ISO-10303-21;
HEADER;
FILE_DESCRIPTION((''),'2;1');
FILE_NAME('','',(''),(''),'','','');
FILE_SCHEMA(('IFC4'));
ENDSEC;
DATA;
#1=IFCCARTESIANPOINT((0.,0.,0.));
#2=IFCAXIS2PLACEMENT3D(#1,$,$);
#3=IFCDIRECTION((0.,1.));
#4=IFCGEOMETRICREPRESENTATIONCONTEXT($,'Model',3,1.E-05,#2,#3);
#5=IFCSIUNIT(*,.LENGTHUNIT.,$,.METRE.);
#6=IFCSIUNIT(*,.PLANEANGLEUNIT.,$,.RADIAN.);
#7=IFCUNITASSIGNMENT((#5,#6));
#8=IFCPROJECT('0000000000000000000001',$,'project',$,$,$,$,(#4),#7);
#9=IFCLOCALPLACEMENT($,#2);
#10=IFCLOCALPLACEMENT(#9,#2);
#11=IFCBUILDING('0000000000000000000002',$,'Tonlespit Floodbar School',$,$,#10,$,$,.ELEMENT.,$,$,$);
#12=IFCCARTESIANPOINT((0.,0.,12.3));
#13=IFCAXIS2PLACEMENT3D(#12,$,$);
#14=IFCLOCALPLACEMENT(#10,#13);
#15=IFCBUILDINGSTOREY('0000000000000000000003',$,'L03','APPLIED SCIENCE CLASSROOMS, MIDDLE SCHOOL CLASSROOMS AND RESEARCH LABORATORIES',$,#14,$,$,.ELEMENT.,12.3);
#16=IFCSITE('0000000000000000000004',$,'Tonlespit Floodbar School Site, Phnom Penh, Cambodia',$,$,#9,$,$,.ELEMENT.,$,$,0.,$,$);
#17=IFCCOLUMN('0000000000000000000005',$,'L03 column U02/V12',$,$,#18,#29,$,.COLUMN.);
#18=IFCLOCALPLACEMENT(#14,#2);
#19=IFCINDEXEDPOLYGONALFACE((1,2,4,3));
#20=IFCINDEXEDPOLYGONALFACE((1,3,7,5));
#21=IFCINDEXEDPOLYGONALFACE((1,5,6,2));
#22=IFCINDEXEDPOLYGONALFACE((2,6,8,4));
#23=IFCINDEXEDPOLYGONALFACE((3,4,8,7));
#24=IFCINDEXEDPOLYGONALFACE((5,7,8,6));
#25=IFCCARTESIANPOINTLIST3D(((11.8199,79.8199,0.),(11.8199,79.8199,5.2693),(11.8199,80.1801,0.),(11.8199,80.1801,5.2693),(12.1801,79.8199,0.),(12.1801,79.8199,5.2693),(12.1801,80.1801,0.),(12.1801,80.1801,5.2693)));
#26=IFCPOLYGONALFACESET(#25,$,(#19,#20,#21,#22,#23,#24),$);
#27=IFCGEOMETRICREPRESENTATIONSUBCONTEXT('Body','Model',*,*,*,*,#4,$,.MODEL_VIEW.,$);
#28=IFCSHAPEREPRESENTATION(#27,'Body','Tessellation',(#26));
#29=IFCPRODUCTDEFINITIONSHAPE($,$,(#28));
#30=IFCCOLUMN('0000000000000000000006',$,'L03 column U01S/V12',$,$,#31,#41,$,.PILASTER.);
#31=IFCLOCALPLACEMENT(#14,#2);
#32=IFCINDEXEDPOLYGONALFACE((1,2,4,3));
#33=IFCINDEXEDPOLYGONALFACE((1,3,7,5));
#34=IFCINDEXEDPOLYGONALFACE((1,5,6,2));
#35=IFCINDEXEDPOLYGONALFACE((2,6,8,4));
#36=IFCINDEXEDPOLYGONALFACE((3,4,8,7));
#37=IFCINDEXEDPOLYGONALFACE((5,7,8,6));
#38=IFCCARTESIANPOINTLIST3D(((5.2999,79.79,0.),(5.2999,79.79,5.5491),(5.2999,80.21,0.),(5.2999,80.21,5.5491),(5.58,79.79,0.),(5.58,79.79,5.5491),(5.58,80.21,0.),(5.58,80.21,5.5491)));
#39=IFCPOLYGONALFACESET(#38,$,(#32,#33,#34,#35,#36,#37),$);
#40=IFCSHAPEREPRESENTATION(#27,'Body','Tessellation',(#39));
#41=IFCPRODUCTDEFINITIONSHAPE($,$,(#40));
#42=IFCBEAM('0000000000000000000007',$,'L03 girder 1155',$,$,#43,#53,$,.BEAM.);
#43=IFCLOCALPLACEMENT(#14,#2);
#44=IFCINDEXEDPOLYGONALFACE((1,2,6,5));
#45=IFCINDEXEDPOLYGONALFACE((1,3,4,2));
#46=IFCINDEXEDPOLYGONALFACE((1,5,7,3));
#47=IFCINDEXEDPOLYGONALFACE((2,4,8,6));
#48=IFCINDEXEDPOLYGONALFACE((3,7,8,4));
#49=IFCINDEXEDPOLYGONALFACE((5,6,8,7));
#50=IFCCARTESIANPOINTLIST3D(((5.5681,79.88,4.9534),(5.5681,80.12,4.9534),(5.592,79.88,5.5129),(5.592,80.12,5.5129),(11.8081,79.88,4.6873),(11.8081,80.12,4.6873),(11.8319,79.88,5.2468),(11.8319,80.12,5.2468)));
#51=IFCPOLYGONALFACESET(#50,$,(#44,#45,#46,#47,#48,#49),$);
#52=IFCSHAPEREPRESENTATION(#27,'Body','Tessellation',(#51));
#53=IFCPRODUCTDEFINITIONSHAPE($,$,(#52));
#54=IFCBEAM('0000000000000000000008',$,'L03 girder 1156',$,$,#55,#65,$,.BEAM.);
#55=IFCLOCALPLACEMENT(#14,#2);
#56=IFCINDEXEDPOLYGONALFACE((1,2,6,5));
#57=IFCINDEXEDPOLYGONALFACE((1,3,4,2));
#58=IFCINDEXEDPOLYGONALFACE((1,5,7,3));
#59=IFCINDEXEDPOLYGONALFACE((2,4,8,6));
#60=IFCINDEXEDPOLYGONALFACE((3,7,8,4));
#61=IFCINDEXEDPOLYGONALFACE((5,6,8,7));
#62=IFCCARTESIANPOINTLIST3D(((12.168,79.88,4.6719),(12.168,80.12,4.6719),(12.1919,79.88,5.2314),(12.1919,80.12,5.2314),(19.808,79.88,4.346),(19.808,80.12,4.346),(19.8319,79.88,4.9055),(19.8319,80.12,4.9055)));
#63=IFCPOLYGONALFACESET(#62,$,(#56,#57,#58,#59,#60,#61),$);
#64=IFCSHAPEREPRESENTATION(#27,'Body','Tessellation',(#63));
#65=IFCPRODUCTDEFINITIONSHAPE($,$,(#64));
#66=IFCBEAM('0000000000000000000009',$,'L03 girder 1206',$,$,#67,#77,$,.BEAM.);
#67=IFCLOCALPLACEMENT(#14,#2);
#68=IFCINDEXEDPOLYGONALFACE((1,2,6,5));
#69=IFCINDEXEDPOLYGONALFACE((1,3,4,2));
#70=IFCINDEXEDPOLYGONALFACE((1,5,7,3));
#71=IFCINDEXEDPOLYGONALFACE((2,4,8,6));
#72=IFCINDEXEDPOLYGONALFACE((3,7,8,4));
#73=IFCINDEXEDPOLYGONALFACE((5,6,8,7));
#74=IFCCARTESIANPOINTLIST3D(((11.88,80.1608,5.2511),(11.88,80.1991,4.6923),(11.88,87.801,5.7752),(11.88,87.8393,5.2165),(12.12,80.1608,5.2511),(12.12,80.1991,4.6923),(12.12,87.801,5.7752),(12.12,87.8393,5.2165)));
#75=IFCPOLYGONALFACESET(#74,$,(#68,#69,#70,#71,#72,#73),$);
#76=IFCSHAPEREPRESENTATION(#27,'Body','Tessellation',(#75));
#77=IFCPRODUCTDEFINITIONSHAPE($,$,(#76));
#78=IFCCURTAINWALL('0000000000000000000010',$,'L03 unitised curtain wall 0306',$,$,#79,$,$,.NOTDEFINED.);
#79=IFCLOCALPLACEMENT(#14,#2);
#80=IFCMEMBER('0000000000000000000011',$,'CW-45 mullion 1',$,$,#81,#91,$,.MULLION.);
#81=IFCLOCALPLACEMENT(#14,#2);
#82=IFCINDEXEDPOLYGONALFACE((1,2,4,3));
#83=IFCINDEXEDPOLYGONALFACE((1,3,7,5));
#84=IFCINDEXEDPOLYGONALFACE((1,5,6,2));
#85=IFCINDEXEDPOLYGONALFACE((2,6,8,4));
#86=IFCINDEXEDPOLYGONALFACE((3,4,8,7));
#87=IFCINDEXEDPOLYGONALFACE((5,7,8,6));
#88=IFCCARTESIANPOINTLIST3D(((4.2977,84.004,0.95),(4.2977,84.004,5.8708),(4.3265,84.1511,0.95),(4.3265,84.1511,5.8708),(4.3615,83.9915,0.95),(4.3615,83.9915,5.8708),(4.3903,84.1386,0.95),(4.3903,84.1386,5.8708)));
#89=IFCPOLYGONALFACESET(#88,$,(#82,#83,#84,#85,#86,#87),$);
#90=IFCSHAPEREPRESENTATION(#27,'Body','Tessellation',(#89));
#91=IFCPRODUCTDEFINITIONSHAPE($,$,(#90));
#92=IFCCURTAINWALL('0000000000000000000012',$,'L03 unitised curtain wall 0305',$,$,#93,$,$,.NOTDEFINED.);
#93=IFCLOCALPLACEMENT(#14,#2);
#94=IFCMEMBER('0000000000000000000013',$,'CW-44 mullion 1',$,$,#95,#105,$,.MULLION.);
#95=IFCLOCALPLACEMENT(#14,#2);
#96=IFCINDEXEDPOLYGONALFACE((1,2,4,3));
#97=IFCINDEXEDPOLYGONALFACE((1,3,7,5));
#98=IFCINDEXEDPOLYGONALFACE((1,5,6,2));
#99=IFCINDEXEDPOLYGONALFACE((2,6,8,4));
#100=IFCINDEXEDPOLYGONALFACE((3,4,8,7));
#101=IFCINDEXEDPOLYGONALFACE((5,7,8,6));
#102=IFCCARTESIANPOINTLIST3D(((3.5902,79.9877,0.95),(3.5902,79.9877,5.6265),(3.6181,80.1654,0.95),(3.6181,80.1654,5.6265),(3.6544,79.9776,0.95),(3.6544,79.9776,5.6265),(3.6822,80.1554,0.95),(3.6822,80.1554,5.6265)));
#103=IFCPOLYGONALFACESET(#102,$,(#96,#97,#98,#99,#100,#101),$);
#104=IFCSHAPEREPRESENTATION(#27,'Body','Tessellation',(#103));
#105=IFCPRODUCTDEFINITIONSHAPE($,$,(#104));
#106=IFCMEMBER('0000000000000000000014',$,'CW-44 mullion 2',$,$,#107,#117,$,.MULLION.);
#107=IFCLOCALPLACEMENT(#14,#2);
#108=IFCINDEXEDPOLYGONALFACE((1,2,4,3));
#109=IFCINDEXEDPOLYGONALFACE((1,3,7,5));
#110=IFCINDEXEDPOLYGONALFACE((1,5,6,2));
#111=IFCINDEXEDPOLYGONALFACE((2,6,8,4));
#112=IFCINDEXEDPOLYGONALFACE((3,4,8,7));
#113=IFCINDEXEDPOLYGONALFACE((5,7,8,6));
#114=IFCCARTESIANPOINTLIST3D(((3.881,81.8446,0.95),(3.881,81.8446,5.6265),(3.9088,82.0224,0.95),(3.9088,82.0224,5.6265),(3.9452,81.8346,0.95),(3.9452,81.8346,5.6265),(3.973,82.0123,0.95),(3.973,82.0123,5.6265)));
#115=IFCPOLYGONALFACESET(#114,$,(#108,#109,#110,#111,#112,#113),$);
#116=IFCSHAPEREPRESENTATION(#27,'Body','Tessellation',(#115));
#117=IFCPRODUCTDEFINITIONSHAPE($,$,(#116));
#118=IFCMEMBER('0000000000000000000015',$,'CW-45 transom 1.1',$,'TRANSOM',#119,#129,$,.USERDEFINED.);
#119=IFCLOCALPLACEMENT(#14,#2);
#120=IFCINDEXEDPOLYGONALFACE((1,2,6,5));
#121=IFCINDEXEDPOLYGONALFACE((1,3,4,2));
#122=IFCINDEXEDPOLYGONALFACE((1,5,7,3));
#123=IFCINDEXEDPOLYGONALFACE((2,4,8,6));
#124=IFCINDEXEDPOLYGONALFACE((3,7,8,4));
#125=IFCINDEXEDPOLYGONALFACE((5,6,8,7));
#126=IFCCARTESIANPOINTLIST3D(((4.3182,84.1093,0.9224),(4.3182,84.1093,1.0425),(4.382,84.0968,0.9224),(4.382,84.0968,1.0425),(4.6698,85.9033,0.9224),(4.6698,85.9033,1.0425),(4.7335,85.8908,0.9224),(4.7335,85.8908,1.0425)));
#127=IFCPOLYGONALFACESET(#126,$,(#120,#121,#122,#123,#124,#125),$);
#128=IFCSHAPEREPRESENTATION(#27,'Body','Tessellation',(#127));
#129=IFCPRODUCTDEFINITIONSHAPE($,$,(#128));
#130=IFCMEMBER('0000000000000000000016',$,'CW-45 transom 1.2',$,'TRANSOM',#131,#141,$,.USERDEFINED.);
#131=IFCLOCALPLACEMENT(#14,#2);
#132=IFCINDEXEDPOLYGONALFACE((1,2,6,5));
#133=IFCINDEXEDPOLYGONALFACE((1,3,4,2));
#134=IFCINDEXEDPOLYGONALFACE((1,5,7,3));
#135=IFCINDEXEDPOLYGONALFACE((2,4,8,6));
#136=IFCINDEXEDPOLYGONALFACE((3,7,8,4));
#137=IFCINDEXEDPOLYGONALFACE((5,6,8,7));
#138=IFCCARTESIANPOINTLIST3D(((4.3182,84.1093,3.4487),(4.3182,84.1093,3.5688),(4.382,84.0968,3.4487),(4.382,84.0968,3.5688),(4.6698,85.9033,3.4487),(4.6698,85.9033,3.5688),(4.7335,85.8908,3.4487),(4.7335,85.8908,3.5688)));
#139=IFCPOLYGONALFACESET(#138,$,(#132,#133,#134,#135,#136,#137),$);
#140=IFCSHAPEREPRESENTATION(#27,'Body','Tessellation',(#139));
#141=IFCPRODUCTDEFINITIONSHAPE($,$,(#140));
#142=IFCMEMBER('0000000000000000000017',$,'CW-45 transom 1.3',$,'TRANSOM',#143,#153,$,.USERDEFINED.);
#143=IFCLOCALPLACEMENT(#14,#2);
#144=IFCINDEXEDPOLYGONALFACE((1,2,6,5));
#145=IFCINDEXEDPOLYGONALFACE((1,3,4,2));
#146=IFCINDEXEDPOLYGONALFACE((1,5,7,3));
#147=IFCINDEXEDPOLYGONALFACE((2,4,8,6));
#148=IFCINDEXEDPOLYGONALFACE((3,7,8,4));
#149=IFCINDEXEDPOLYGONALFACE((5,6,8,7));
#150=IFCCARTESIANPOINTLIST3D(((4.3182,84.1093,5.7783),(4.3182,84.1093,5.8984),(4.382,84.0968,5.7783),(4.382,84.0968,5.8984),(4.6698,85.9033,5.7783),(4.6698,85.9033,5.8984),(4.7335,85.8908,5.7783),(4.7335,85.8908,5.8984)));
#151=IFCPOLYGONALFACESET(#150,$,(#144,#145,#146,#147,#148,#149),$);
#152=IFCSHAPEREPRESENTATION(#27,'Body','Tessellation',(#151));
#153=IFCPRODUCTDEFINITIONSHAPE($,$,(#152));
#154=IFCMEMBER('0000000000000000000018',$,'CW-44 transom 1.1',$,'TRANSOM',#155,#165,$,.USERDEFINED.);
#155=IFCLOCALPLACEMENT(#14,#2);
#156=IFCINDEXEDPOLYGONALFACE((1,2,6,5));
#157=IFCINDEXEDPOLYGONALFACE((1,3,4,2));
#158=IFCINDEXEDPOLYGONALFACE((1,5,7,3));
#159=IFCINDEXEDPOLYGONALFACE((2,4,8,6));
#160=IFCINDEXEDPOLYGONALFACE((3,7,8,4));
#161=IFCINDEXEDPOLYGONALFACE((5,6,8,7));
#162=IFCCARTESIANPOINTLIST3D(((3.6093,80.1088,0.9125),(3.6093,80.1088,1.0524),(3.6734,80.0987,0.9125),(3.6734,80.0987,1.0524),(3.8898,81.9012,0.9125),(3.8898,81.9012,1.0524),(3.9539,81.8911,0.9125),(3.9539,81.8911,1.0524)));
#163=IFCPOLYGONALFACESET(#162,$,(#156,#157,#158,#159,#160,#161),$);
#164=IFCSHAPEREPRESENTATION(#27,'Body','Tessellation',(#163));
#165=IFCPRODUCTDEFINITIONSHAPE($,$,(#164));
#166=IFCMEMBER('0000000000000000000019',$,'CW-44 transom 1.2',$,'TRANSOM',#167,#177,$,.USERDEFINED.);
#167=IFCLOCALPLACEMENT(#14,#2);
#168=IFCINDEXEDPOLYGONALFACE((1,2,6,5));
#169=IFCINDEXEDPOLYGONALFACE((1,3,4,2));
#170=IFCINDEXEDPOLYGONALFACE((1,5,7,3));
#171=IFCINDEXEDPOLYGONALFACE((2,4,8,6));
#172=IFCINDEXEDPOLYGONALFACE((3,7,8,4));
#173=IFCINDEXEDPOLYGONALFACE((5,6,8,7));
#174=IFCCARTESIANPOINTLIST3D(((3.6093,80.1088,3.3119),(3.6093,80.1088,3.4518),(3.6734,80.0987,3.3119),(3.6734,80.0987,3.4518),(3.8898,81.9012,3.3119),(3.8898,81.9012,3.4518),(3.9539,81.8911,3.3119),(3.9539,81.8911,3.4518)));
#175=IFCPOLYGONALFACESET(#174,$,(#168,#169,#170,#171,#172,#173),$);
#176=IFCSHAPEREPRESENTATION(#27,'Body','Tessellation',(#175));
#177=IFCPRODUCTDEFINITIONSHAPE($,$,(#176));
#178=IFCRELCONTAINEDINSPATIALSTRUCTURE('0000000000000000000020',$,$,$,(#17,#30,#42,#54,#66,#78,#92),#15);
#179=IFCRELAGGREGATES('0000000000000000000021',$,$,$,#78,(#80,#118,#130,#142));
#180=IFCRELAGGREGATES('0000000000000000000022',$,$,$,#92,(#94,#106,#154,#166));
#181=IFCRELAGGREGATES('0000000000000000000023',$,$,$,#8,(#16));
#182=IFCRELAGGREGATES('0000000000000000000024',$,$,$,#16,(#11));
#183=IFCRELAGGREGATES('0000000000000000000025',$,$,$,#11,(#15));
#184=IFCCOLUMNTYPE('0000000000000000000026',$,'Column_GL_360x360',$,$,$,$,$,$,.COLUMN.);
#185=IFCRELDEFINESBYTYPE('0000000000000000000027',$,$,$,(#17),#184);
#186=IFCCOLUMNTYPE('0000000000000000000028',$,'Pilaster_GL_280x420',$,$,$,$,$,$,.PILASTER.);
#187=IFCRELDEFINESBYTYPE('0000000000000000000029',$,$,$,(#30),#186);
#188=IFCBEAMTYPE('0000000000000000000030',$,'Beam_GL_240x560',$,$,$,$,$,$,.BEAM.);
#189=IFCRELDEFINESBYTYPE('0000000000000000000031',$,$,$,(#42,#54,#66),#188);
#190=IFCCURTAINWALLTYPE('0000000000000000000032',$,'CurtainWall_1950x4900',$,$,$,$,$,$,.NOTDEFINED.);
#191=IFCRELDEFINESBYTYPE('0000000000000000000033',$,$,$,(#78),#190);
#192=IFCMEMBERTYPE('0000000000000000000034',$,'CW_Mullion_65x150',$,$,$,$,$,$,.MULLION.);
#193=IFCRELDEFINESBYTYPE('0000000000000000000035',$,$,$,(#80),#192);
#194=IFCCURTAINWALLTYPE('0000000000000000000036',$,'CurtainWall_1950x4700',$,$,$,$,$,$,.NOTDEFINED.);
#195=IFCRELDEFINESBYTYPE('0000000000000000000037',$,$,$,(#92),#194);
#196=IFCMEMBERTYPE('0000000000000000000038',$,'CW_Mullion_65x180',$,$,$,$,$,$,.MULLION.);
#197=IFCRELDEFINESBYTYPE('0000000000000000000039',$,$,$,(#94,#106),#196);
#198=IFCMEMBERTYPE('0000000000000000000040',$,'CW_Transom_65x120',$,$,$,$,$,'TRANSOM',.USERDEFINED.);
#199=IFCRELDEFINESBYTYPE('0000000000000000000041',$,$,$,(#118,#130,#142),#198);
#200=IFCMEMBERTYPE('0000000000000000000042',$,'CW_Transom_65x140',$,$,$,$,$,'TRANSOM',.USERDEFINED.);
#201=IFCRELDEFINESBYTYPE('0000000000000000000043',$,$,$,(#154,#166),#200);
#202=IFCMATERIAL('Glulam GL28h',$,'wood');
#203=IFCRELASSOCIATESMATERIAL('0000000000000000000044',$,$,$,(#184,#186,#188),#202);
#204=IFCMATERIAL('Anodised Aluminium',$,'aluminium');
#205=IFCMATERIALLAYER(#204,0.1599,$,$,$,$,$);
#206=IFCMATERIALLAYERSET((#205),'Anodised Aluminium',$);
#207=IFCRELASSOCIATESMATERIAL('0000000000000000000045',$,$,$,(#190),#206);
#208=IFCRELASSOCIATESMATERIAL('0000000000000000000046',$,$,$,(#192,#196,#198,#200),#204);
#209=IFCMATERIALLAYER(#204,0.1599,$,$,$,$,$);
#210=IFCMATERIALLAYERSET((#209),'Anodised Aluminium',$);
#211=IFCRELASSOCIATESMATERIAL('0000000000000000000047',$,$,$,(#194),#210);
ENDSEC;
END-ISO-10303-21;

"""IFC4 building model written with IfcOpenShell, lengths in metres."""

from ifc_helpers import new_model, si_unit, direction, frame, origin, origin_2d, place, context, subcontext, project, spatial, rectangle, extrude, material, layer, layer_set, material_profile, profile_set, type_object, element, aggregate, save


model = new_model("IFC4")

# Units and contexts
model_context = context("Model", 3, precision=1e-05, world=origin(), true_north=direction((0.0, 1.0)))
body_context = subcontext(model_context, "Body", "Model", "MODEL_VIEW")
ifc_project = project(units=[si_unit("LENGTHUNIT", "METRE"), si_unit("PLANEANGLEUNIT", "RADIAN")], contexts=[model_context])

# Site, building, storey
site_placement = place(None, origin())
site = spatial("IfcSite", under=ifc_project, at=site_placement, Name="Tonlespit Floodbar School Site, Phnom Penh, Cambodia", CompositionType="ELEMENT", RefElevation=0.0)
building_placement = place(site_placement, origin())
building = spatial("IfcBuilding", under=site, at=building_placement, Name="Tonlespit Floodbar School", CompositionType="ELEMENT")
storey_placement = place(building_placement, frame((0.0, 0.0, 12.3)))
storey = spatial("IfcBuildingStorey", under=building, at=storey_placement, Name="L03", Description="APPLIED SCIENCE CLASSROOMS, MIDDLE SCHOOL CLASSROOMS AND RESEARCH LABORATORIES", CompositionType="ELEMENT", Elevation=12.3)

# Columns
ifc_material_1 = material(Name="Glulam GL28h", Category="wood")
ifc_material_profile_1 = material_profile(ifc_material_1, rectangle(XDim=0.3601, YDim=0.3601, at=origin_2d()), Name="GL 360x360")
ifc_profile_set_1 = profile_set([ifc_material_profile_1], Name="Glulam GL28h")
column_type_1 = type_object("IfcColumnType", Name="Column_GL_360x360", PredefinedType="COLUMN", material=ifc_profile_set_1)
column_1_placement = place(storey_placement, frame((12.0, 80.0, 0.0), z_axis=(0.0, 0.0, 1.0), x_axis=(1.0, 0.0, 0.0)))
element("IfcColumn", 1, at=column_1_placement, inside=storey, type_object=column_type_1, Name="L03 column U02/V12", PredefinedType="COLUMN", context=body_context, shape_type="SweptSolid", body=[
    extrude(rectangle(XDim=0.3601, YDim=0.3601, at=origin_2d()), origin(), (0.0, 0.0, 1.0), 5.2693),
])
ifc_material_profile_2 = material_profile(ifc_material_1, rectangle(XDim=0.28, YDim=0.4199, at=origin_2d()), Name="GL 280x420")
ifc_profile_set_2 = profile_set([ifc_material_profile_2], Name="Glulam GL28h")
column_type_2 = type_object("IfcColumnType", Name="Pilaster_GL_280x420", PredefinedType="PILASTER", material=ifc_profile_set_2)
column_2_placement = place(storey_placement, frame((5.4399, 80.0, 0.0), z_axis=(0.0, 0.0, 1.0), x_axis=(1.0, 0.0, 0.0)))
element("IfcColumn", 2, at=column_2_placement, inside=storey, type_object=column_type_2, Name="L03 column U01S/V12", PredefinedType="PILASTER", context=body_context, shape_type="SweptSolid", body=[
    extrude(rectangle(XDim=0.28, YDim=0.4199, at=origin_2d()), origin(), (0.0, 0.0, 1.0), 5.5491),
])

# Beams
ifc_material_profile_3 = material_profile(ifc_material_1, rectangle(XDim=0.24, YDim=0.5601, at=origin_2d()), Name="GL 240x560")
ifc_profile_set_3 = profile_set([ifc_material_profile_3], Name="Glulam GL28h")
beam_type_1 = type_object("IfcBeamType", Name="Beam_GL_240x560", PredefinedType="BEAM", material=ifc_profile_set_3)
beam_1_placement = place(storey_placement, frame((5.5801, 80.0, 5.2332), z_axis=(0.999092, 0.0, -0.042608), x_axis=(0.0, 1.0, 0.0)))
element("IfcBeam", 3, at=beam_1_placement, inside=storey, type_object=beam_type_1, Name="L03 girder 1155", PredefinedType="BEAM", context=body_context, shape_type="SweptSolid", body=[
    extrude(rectangle(XDim=0.24, YDim=0.5601, at=origin_2d()), origin(), (0.0, 0.0, 1.0), 6.2456),
])
beam_2_placement = place(storey_placement, frame((12.1799, 80.0, 4.9517), z_axis=(0.999091, 0.0, -0.042621), x_axis=(0.0, 1.0, 0.0)))
element("IfcBeam", 4, at=beam_2_placement, inside=storey, type_object=beam_type_1, Name="L03 girder 1156", PredefinedType="BEAM", context=body_context, shape_type="SweptSolid", body=[
    extrude(rectangle(XDim=0.24, YDim=0.5601, at=origin_2d()), origin(), (0.0, 0.0, 1.0), 7.647),
])
beam_3_placement = place(storey_placement, frame((12.0, 80.1799, 4.9717), z_axis=(0.0, 0.997655, 0.068447), x_axis=(-1.0, 0.0, 0.0)))
element("IfcBeam", 5, at=beam_3_placement, inside=storey, type_object=beam_type_1, Name="L03 girder 1206", PredefinedType="BEAM", context=body_context, shape_type="SweptSolid", body=[
    extrude(rectangle(XDim=0.24, YDim=0.5601, at=origin_2d()), origin(), (0.0, 0.0, 1.0), 7.6582),
])

# Curtain wall, member
ifc_material_2 = material(Name="Anodised Aluminium", Category="aluminium")
ifc_layer_1 = layer(ifc_material_2, 0.1599)
ifc_layer_set_1 = layer_set([ifc_layer_1], Name="Anodised Aluminium")
curtain_wall_type_1 = type_object("IfcCurtainWallType", Name="CurtainWall_1950x4900", PredefinedType="NOTDEFINED", material=ifc_layer_set_1)
curtain_wall_1_placement = place(storey_placement, origin())
curtain_wall_1 = element("IfcCurtainWall", 6, at=curtain_wall_1_placement, inside=storey, type_object=curtain_wall_type_1, Name="L03 unitised curtain wall 0306", PredefinedType="NOTDEFINED")
ifc_material_profile_4 = material_profile(ifc_material_2, rectangle(XDim=0.0649, YDim=0.1499, at=origin_2d()), Name="ALU M65x150")
ifc_profile_set_4 = profile_set([ifc_material_profile_4], Name="Anodised Aluminium")
member_type_1 = type_object("IfcMemberType", Name="CW_Mullion_65x150", PredefinedType="MULLION", material=ifc_profile_set_4)
member_1_placement = place(storey_placement, frame((4.344, 84.0713, 0.95), z_axis=(0.0, 0.0, 1.0), x_axis=(-0.981347, 0.192245, 0.0)))
member_1 = element("IfcMember", 7, at=member_1_placement, type_object=member_type_1, Name="CW-45 mullion 1", PredefinedType="MULLION", context=body_context, shape_type="SweptSolid", body=[
    extrude(rectangle(XDim=0.0649, YDim=0.1499, at=origin_2d()), origin(), (0.0, 0.0, 1.0), 4.9209),
])

# Curtain wall, members
ifc_layer_2 = layer(ifc_material_2, 0.1599)
ifc_layer_set_2 = layer_set([ifc_layer_2], Name="Anodised Aluminium")
curtain_wall_type_2 = type_object("IfcCurtainWallType", Name="CurtainWall_1950x4700", PredefinedType="NOTDEFINED", material=ifc_layer_set_2)
curtain_wall_2_placement = place(storey_placement, origin())
curtain_wall_2 = element("IfcCurtainWall", 8, at=curtain_wall_2_placement, inside=storey, type_object=curtain_wall_type_2, Name="L03 unitised curtain wall 0305", PredefinedType="NOTDEFINED")
ifc_material_profile_5 = material_profile(ifc_material_2, rectangle(XDim=0.0649, YDim=0.1799, at=origin_2d()), Name="ALU M65x180")
ifc_profile_set_5 = profile_set([ifc_material_profile_5], Name="Anodised Aluminium")
member_type_2 = type_object("IfcMemberType", Name="CW_Mullion_65x180", PredefinedType="MULLION", material=ifc_profile_set_5)
member_2_placement = place(storey_placement, frame((3.6362, 80.0715, 0.95), z_axis=(0.0, 0.0, 1.0), x_axis=(-0.987961, 0.1547, 0.0)))
member_2 = element("IfcMember", 9, at=member_2_placement, type_object=member_type_2, Name="CW-44 mullion 1", PredefinedType="MULLION", context=body_context, shape_type="SweptSolid", body=[
    extrude(rectangle(XDim=0.0649, YDim=0.1799, at=origin_2d()), origin(), (0.0, 0.0, 1.0), 4.6765),
])
member_3_placement = place(storey_placement, frame((3.927, 81.9285, 0.95), z_axis=(0.0, 0.0, 1.0), x_axis=(-0.987961, 0.1547, 0.0)))
member_3 = element("IfcMember", 10, at=member_3_placement, type_object=member_type_2, Name="CW-44 mullion 2", PredefinedType="MULLION", context=body_context, shape_type="SweptSolid", body=[
    extrude(rectangle(XDim=0.0649, YDim=0.1799, at=origin_2d()), origin(), (0.0, 0.0, 1.0), 4.6765),
])

# Members
ifc_material_profile_6 = material_profile(ifc_material_2, rectangle(XDim=0.0649, YDim=0.1201, at=origin_2d()), Name="ALU T65x120")
ifc_profile_set_6 = profile_set([ifc_material_profile_6], Name="Anodised Aluminium")
member_type_3 = type_object("IfcMemberType", Name="CW_Transom_65x120", ElementType="TRANSOM", PredefinedType="USERDEFINED", material=ifc_profile_set_6)
member_4_placement = place(storey_placement, frame((4.3501, 84.103, 0.9824), z_axis=(0.192314, 0.981334, 0.0), x_axis=(-0.981334, 0.192314, 0.0)))
member_4 = element("IfcMember", 11, at=member_4_placement, type_object=member_type_3, Name="CW-45 transom 1.1", ObjectType="TRANSOM", PredefinedType="USERDEFINED", context=body_context, shape_type="SweptSolid", body=[
    extrude(rectangle(XDim=0.0649, YDim=0.1201, at=origin_2d()), origin(), (0.0, 0.0, 1.0), 1.8281),
])
member_5_placement = place(storey_placement, frame((4.3501, 84.103, 3.5088), z_axis=(0.192314, 0.981334, 0.0), x_axis=(-0.981334, 0.192314, 0.0)))
member_5 = element("IfcMember", 12, at=member_5_placement, type_object=member_type_3, Name="CW-45 transom 1.2", ObjectType="TRANSOM", PredefinedType="USERDEFINED", context=body_context, shape_type="SweptSolid", body=[
    extrude(rectangle(XDim=0.0649, YDim=0.1201, at=origin_2d()), origin(), (0.0, 0.0, 1.0), 1.8281),
])
member_6_placement = place(storey_placement, frame((4.3501, 84.103, 5.8384), z_axis=(0.192314, 0.981334, 0.0), x_axis=(-0.981334, 0.192314, 0.0)))
member_6 = element("IfcMember", 13, at=member_6_placement, type_object=member_type_3, Name="CW-45 transom 1.3", ObjectType="TRANSOM", PredefinedType="USERDEFINED", context=body_context, shape_type="SweptSolid", body=[
    extrude(rectangle(XDim=0.0649, YDim=0.1201, at=origin_2d()), origin(), (0.0, 0.0, 1.0), 1.8281),
])
aggregate(curtain_wall_1, [member_1, member_4, member_5, member_6])
ifc_material_profile_7 = material_profile(ifc_material_2, rectangle(XDim=0.0649, YDim=0.1399, at=origin_2d()), Name="ALU T65x140")
ifc_profile_set_7 = profile_set([ifc_material_profile_7], Name="Anodised Aluminium")
member_type_4 = type_object("IfcMemberType", Name="CW_Transom_65x140", ElementType="TRANSOM", PredefinedType="USERDEFINED", material=ifc_profile_set_7)
member_7_placement = place(storey_placement, frame((3.6414, 80.1038, 0.9824), z_axis=(0.154615, 0.987975, 0.0), x_axis=(-0.987975, 0.154615, 0.0)))
member_7 = element("IfcMember", 14, at=member_7_placement, type_object=member_type_4, Name="CW-44 transom 1.1", ObjectType="TRANSOM", PredefinedType="USERDEFINED", context=body_context, shape_type="SweptSolid", body=[
    extrude(rectangle(XDim=0.0649, YDim=0.1399, at=origin_2d()), origin(), (0.0, 0.0, 1.0), 1.8142),
])
member_8_placement = place(storey_placement, frame((3.6414, 80.1038, 3.3818), z_axis=(0.154615, 0.987975, 0.0), x_axis=(-0.987975, 0.154615, 0.0)))
member_8 = element("IfcMember", 15, at=member_8_placement, type_object=member_type_4, Name="CW-44 transom 1.2", ObjectType="TRANSOM", PredefinedType="USERDEFINED", context=body_context, shape_type="SweptSolid", body=[
    extrude(rectangle(XDim=0.0649, YDim=0.1399, at=origin_2d()), origin(), (0.0, 0.0, 1.0), 1.8142),
])

aggregate(curtain_wall_2, [member_2, member_3, member_7, member_8])

save(model, "model.ifc")
